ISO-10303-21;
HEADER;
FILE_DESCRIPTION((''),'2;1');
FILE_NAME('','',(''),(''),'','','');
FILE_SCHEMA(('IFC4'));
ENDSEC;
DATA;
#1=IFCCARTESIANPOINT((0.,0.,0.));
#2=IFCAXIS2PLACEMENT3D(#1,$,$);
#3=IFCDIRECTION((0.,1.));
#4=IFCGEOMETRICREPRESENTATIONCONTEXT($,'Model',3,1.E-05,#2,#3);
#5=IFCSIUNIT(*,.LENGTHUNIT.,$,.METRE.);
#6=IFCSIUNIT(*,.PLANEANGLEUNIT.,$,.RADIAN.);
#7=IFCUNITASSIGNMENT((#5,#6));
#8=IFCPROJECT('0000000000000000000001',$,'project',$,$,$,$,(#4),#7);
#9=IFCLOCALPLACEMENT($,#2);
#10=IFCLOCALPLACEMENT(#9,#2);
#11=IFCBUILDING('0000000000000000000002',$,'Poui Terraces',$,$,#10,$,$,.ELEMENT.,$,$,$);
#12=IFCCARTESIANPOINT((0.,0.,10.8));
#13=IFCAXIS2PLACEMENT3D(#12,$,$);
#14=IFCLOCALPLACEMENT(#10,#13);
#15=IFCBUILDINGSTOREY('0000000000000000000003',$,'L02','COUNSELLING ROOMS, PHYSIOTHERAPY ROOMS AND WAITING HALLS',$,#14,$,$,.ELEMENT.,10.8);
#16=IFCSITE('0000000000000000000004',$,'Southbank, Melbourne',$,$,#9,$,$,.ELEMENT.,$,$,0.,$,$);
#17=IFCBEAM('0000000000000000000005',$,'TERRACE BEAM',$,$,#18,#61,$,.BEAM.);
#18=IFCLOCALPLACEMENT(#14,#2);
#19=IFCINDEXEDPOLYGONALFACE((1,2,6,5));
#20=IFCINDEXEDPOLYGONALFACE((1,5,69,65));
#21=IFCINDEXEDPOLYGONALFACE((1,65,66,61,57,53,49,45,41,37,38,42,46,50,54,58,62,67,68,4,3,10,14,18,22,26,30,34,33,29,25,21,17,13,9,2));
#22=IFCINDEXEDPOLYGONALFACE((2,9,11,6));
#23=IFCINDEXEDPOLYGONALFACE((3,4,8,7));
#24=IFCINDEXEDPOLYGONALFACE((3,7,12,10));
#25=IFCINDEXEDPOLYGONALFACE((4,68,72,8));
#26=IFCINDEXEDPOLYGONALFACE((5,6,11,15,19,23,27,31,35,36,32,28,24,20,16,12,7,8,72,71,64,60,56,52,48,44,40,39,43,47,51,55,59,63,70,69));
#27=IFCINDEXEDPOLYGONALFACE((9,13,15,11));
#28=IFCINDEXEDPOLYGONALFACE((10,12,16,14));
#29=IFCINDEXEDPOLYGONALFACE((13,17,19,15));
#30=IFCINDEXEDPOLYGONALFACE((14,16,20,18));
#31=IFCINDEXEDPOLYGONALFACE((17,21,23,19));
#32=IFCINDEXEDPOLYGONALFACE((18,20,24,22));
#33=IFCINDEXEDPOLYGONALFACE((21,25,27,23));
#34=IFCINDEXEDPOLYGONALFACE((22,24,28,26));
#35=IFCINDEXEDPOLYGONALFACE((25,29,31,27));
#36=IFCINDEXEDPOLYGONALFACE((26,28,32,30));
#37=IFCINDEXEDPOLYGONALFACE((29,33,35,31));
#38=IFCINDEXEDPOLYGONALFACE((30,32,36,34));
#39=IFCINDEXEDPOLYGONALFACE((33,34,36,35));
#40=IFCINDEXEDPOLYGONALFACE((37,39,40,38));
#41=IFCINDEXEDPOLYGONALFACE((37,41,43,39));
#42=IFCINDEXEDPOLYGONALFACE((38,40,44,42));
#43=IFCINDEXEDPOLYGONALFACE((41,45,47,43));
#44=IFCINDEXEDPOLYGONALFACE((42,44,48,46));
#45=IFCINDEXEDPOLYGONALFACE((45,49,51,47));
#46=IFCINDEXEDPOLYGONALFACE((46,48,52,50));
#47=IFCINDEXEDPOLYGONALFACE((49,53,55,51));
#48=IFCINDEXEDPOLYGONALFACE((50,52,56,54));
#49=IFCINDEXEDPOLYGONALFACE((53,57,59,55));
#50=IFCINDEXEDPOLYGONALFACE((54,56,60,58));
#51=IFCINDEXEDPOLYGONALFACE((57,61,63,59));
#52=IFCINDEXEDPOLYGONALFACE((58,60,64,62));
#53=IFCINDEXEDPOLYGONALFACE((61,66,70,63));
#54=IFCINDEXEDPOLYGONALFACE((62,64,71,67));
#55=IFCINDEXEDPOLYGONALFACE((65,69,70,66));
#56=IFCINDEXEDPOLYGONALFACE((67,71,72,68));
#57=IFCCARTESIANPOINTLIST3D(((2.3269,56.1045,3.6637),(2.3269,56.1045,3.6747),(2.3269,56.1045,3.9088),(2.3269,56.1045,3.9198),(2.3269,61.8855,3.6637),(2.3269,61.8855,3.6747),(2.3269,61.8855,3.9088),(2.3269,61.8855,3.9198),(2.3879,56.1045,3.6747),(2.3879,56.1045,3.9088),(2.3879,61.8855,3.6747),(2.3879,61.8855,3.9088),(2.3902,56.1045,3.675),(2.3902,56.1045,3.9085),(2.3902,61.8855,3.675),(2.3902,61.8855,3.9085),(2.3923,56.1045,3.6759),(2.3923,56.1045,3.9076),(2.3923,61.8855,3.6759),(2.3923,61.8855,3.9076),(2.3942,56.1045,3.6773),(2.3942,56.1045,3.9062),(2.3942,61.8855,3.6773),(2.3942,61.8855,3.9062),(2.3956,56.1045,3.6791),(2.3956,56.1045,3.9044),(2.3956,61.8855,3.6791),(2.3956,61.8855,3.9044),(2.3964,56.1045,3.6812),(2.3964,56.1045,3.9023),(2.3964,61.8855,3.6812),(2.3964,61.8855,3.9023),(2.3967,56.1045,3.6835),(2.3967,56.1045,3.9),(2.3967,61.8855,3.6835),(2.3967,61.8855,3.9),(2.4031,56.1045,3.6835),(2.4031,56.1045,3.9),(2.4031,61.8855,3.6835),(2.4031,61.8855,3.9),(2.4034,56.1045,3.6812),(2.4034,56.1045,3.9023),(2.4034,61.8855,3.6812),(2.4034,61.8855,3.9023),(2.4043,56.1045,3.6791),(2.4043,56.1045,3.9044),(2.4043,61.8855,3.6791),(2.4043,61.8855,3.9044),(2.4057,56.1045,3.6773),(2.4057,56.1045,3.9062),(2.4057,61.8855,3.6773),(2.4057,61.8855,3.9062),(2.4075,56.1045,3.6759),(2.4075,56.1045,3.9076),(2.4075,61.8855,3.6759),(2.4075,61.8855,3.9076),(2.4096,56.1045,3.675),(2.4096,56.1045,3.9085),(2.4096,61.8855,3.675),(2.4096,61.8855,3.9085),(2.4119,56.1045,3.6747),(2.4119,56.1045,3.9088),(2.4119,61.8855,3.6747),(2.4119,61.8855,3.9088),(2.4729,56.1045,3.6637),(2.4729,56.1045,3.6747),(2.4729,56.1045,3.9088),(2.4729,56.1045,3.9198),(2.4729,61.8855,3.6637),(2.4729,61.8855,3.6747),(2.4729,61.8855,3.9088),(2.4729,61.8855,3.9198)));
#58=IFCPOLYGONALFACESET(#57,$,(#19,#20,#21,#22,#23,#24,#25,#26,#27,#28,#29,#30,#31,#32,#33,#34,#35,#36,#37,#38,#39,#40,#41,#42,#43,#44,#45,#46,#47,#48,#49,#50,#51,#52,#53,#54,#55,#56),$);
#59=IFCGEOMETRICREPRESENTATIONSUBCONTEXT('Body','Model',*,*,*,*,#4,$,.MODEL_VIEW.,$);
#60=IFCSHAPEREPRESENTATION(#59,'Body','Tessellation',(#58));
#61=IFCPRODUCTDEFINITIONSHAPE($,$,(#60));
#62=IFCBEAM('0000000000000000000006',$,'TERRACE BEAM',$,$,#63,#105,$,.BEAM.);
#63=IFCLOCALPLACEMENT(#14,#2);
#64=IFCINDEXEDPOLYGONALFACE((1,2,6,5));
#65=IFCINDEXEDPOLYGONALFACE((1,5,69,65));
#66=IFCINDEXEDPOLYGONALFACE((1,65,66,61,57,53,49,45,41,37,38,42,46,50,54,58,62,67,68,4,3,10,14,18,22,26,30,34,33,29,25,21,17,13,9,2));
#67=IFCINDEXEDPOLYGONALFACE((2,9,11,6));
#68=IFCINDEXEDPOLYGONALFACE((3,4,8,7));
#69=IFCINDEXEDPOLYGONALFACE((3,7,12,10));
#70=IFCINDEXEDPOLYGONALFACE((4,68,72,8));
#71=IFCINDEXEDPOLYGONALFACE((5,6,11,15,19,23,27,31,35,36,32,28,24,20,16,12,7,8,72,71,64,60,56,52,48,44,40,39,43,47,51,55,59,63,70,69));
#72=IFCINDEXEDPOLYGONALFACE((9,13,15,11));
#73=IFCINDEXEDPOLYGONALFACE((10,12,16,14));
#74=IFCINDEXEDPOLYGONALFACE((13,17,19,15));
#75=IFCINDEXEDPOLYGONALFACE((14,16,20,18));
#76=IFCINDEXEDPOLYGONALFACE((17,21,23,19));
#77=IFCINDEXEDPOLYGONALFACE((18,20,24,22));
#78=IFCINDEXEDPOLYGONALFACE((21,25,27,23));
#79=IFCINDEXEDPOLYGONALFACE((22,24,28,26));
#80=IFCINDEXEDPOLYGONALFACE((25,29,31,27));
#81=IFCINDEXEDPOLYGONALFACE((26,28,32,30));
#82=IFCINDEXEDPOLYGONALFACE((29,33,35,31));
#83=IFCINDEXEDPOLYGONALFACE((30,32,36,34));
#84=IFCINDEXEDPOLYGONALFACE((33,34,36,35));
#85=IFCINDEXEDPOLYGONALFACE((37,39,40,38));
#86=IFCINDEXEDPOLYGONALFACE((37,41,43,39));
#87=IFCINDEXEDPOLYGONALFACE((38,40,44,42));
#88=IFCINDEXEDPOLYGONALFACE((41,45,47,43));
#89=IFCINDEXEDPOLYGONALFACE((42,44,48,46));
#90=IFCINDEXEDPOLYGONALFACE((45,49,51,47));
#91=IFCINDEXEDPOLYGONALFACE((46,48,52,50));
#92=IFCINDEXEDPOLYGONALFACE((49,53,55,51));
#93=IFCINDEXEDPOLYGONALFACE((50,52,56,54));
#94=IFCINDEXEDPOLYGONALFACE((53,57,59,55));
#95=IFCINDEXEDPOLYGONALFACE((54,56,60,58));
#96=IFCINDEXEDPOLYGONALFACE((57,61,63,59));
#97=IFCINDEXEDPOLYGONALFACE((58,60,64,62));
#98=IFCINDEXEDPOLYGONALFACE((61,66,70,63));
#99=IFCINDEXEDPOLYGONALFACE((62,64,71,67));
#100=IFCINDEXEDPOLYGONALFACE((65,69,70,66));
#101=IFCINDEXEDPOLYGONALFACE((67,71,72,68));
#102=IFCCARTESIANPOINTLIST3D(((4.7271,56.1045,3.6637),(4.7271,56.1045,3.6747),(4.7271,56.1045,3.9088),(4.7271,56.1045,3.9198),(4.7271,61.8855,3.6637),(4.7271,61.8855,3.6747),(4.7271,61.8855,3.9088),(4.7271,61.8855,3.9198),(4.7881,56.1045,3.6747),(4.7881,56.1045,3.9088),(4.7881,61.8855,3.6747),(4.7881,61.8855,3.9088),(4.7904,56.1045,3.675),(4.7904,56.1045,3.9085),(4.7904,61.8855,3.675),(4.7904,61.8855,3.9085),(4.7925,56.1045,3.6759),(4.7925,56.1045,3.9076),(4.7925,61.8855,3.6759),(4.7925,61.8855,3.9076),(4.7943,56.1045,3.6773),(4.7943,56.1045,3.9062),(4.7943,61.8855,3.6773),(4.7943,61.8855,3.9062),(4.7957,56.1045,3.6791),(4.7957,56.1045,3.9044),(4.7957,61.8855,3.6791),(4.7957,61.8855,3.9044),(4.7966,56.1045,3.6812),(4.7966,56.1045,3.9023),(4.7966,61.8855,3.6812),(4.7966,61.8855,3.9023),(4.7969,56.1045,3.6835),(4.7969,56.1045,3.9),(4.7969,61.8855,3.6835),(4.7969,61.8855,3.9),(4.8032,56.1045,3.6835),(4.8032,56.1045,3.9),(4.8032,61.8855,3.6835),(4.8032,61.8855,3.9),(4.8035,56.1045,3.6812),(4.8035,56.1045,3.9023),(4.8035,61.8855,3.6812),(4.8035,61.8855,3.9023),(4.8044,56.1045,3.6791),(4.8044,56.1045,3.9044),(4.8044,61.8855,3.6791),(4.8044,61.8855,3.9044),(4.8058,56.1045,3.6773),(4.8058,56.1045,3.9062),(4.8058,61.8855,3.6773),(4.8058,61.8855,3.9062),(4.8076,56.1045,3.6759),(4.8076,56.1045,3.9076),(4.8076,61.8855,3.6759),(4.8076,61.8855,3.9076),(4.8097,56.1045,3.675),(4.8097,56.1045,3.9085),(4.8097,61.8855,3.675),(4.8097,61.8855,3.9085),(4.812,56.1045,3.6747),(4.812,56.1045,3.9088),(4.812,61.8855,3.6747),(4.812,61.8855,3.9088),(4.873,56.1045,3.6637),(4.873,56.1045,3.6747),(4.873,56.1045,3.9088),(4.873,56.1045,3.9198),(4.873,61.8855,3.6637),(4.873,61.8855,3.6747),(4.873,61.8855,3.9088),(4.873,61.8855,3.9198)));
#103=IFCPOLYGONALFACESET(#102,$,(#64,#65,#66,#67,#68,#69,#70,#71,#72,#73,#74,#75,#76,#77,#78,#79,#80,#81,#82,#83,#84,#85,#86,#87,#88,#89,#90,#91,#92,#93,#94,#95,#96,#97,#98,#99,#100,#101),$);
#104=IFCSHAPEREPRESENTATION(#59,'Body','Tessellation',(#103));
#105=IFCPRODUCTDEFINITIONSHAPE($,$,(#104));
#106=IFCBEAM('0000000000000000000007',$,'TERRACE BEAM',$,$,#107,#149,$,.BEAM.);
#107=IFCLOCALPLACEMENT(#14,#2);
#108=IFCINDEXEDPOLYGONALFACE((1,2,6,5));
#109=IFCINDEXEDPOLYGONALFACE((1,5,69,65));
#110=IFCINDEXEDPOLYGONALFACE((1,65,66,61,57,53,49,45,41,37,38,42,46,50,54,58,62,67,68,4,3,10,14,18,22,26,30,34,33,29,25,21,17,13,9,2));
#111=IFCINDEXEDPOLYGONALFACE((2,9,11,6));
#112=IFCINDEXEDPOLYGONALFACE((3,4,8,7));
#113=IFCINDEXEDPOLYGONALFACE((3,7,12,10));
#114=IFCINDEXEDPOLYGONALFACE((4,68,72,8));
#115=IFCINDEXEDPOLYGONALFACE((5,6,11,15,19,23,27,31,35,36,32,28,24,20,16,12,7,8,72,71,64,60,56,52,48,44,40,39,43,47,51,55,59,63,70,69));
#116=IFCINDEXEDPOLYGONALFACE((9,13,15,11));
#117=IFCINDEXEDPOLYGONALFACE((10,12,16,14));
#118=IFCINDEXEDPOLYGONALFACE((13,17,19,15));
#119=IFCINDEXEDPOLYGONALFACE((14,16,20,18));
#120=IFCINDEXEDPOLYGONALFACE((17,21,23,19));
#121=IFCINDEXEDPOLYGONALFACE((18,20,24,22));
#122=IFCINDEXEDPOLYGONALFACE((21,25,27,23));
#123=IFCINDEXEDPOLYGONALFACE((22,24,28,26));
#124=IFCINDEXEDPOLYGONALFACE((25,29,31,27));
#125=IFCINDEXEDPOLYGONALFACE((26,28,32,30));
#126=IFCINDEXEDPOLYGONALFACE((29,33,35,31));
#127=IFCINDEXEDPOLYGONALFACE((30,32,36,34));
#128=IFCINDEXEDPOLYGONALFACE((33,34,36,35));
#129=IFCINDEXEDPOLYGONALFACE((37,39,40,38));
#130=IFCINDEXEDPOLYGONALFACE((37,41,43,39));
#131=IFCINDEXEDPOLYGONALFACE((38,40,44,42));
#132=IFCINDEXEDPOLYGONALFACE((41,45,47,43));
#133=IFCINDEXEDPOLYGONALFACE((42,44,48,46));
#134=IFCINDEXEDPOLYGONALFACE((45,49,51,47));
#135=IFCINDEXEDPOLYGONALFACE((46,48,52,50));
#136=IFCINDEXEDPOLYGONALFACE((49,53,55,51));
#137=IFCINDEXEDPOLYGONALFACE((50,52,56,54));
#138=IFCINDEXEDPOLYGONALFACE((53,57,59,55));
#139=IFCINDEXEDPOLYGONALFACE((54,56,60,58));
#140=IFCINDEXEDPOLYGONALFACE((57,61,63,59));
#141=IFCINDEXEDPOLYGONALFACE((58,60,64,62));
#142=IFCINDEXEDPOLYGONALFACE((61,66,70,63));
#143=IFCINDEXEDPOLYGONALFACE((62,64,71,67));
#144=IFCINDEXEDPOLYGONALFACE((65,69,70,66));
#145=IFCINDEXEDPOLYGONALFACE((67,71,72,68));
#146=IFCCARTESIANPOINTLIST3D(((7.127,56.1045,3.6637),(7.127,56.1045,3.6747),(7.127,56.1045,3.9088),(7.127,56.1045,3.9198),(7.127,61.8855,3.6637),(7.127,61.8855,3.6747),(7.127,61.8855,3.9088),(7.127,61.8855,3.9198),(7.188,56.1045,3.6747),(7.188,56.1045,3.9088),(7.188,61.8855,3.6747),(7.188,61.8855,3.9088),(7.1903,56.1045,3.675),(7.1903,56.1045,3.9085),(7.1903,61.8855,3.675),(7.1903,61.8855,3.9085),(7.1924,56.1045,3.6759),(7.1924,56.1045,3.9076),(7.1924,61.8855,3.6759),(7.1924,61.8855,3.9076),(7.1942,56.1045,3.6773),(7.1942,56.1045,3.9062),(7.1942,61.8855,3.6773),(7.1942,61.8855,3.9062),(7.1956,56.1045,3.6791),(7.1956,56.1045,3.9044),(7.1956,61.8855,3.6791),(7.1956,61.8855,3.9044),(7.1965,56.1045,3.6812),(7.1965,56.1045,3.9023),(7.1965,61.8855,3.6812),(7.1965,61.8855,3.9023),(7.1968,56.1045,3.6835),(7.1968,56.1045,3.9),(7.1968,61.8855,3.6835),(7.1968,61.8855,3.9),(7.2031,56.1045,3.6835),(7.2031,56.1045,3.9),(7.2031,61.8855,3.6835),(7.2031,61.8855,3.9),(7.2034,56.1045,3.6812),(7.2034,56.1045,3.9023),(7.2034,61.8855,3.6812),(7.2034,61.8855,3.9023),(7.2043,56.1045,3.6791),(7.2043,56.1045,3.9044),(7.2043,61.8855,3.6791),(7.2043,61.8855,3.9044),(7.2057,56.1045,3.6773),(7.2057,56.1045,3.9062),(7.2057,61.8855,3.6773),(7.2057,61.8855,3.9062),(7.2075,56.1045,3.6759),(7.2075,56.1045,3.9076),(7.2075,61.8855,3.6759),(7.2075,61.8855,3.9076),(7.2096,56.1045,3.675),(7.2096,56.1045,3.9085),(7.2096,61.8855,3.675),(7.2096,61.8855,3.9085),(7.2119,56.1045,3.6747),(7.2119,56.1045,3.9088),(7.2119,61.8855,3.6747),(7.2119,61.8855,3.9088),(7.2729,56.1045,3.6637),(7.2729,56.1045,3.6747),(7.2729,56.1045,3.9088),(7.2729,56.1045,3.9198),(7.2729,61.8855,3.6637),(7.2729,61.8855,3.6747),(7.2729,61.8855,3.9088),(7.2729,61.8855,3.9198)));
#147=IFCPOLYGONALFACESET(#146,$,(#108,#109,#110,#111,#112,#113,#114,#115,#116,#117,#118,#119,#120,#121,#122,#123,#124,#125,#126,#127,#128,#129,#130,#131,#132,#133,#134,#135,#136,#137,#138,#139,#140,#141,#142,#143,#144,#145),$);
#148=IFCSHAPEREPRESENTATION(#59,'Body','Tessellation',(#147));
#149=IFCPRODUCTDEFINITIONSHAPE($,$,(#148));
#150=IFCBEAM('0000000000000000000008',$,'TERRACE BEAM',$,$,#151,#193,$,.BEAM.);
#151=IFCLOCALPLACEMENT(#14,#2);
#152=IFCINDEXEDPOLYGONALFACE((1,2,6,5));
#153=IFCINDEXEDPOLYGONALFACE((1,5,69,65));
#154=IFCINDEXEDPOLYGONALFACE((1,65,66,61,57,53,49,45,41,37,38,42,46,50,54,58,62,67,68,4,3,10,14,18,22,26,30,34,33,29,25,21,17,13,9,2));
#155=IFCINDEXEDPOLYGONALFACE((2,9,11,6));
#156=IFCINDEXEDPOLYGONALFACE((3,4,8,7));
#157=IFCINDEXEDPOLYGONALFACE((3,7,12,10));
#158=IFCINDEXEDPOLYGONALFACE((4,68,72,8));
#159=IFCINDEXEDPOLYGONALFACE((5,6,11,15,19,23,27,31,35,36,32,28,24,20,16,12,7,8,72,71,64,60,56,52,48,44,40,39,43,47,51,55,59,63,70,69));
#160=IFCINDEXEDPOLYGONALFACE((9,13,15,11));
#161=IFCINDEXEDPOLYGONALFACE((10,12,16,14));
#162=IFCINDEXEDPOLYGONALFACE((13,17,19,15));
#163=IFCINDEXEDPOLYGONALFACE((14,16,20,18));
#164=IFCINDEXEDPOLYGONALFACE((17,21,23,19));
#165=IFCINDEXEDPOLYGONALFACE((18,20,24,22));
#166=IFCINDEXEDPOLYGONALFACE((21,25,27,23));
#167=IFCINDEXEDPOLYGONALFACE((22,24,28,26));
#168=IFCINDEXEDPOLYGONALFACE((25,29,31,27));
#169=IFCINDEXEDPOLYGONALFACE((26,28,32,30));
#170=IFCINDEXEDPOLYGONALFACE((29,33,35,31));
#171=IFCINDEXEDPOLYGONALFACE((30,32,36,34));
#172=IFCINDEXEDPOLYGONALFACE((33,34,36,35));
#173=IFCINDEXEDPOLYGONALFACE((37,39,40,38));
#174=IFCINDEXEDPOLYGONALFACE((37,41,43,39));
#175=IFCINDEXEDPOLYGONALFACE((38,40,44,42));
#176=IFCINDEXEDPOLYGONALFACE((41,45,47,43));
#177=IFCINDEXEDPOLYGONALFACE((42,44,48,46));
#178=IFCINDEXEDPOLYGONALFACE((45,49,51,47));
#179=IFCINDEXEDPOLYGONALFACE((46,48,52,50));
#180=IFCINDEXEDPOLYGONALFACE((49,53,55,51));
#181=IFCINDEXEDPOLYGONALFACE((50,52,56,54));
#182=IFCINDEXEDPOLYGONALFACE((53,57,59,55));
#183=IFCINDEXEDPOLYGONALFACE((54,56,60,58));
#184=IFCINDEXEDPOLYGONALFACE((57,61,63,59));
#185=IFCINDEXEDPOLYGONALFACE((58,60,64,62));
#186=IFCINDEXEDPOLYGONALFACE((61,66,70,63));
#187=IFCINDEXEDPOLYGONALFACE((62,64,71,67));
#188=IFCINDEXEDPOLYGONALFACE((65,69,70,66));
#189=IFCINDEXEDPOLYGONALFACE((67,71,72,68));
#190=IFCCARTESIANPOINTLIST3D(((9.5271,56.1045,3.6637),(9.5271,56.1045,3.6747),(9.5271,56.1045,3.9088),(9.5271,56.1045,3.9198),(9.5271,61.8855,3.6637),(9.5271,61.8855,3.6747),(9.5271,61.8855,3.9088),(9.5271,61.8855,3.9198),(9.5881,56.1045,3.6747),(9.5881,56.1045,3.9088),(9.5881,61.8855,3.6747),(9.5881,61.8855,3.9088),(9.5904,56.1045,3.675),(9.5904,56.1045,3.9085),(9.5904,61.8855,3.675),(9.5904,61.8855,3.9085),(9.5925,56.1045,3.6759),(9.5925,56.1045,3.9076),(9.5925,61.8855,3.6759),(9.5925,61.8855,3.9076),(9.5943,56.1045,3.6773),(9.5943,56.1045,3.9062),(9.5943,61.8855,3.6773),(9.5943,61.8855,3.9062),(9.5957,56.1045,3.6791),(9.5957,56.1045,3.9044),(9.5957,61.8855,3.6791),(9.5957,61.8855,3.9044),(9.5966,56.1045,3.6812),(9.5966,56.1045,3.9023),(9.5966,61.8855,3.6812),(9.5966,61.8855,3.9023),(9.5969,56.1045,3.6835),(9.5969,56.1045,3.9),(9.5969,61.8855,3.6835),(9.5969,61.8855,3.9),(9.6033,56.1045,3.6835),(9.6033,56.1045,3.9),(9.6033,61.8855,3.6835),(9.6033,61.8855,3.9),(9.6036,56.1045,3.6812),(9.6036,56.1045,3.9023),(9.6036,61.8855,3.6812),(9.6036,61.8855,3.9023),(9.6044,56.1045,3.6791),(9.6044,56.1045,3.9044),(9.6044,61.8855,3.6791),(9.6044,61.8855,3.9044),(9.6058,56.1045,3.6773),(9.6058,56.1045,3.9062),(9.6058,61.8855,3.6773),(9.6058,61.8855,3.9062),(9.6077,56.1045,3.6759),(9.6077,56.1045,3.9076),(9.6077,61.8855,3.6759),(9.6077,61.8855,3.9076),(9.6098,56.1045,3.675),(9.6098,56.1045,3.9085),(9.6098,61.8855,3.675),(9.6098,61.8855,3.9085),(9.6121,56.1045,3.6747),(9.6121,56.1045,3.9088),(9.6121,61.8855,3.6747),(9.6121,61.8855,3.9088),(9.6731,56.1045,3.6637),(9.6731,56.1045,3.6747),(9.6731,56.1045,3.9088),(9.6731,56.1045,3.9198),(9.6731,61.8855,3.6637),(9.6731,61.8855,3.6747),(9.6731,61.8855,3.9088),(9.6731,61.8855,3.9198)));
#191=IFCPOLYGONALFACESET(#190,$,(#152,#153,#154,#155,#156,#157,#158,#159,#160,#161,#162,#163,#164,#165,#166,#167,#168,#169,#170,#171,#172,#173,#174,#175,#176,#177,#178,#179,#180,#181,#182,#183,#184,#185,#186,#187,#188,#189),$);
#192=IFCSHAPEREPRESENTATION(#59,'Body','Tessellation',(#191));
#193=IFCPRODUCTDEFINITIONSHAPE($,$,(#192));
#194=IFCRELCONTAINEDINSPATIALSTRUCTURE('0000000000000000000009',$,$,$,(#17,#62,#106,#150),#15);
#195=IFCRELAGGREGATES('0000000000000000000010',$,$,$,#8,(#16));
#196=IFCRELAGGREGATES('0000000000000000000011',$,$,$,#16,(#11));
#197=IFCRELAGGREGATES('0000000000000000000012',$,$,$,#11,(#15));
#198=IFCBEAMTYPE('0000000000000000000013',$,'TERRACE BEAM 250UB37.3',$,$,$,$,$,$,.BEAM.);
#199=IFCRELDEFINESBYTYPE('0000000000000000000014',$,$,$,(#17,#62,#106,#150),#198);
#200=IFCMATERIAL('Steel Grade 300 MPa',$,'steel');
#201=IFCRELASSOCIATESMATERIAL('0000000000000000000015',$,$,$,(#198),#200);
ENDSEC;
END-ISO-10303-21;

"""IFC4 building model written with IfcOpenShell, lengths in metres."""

from ifc_helpers import new_model, si_unit, direction, frame, origin, origin_2d, place, context, subcontext, project, spatial, i_section, extrude, source, transform, mapped, material, material_profile, profile_set, type_object, element, save


model = new_model("IFC4")

# Units and contexts
model_context = context("Model", 3, precision=1e-05, world=origin(), true_north=direction((0.0, 1.0)))
body_context = subcontext(model_context, "Body", "Model", "MODEL_VIEW")
ifc_project = project(units=[si_unit("LENGTHUNIT", "METRE"), si_unit("PLANEANGLEUNIT", "RADIAN")], contexts=[model_context])

# Site, building, storey
site_placement = place(None, origin())
site = spatial("IfcSite", under=ifc_project, at=site_placement, Name="Southbank, Melbourne", CompositionType="ELEMENT", RefElevation=0.0)
building_placement = place(site_placement, origin())
building = spatial("IfcBuilding", under=site, at=building_placement, Name="Poui Terraces", CompositionType="ELEMENT")
storey_placement = place(building_placement, frame((0.0, 0.0, 10.8)))
storey = spatial("IfcBuildingStorey", under=building, at=storey_placement, Name="L02", Description="COUNSELLING ROOMS, PHYSIOTHERAPY ROOMS AND WAITING HALLS", CompositionType="ELEMENT", Elevation=10.8)

# Beams
ifc_material_1 = material(Name="Steel Grade 300 MPa", Category="steel")
ifc_material_profile_1 = material_profile(ifc_material_1, i_section(OverallWidth=0.146, OverallDepth=0.2561, WebThickness=0.0063, FlangeThickness=0.011, FilletRadius=0.0088, at=origin_2d()), Name="250UB37.3")
ifc_profile_set_1 = profile_set([ifc_material_profile_1], Name="Steel Grade 300 MPa")
beam_type_1 = type_object("IfcBeamType", Name="TERRACE BEAM 250UB37.3", PredefinedType="BEAM", material=ifc_profile_set_1)
shared_shape_1 = source(origin(), body_context, "Body", "SweptSolid", [
    extrude(i_section(OverallWidth=0.146, OverallDepth=0.2561, WebThickness=0.0063, FlangeThickness=0.011, FilletRadius=0.0088, at=origin_2d()), origin(), (0.0, 0.0, 1.0), 5.781),
])
for number, where, z_axis, x_axis, name in (
    (1, (2.3999, 56.1045, 3.7917), (0.0, 1.0, 0.0), (-1.0, 0.0, 0.0), "TERRACE BEAM"),
    (2, (4.8, 56.1045, 3.7917), (0.0, 1.0, 0.0), (-1.0, 0.0, 0.0), "TERRACE BEAM"),
    (3, (7.2, 56.1045, 3.7917), (0.0, 1.0, 0.0), (-1.0, 0.0, 0.0), "TERRACE BEAM"),
    (4, (9.6001, 56.1045, 3.7917), (0.0, 1.0, 0.0), (-1.0, 0.0, 0.0), "TERRACE BEAM"),
):
    element("IfcBeam", number, at=place(storey_placement, frame(where, z_axis=z_axis, x_axis=x_axis)), inside=storey, type_object=beam_type_1, Name=name, PredefinedType="BEAM", context=body_context, shape_type="MappedRepresentation", body=[
        mapped(shared_shape_1, transform((0.0, 0.0, 0.0))),
    ])

save(model, "model.ifc")
